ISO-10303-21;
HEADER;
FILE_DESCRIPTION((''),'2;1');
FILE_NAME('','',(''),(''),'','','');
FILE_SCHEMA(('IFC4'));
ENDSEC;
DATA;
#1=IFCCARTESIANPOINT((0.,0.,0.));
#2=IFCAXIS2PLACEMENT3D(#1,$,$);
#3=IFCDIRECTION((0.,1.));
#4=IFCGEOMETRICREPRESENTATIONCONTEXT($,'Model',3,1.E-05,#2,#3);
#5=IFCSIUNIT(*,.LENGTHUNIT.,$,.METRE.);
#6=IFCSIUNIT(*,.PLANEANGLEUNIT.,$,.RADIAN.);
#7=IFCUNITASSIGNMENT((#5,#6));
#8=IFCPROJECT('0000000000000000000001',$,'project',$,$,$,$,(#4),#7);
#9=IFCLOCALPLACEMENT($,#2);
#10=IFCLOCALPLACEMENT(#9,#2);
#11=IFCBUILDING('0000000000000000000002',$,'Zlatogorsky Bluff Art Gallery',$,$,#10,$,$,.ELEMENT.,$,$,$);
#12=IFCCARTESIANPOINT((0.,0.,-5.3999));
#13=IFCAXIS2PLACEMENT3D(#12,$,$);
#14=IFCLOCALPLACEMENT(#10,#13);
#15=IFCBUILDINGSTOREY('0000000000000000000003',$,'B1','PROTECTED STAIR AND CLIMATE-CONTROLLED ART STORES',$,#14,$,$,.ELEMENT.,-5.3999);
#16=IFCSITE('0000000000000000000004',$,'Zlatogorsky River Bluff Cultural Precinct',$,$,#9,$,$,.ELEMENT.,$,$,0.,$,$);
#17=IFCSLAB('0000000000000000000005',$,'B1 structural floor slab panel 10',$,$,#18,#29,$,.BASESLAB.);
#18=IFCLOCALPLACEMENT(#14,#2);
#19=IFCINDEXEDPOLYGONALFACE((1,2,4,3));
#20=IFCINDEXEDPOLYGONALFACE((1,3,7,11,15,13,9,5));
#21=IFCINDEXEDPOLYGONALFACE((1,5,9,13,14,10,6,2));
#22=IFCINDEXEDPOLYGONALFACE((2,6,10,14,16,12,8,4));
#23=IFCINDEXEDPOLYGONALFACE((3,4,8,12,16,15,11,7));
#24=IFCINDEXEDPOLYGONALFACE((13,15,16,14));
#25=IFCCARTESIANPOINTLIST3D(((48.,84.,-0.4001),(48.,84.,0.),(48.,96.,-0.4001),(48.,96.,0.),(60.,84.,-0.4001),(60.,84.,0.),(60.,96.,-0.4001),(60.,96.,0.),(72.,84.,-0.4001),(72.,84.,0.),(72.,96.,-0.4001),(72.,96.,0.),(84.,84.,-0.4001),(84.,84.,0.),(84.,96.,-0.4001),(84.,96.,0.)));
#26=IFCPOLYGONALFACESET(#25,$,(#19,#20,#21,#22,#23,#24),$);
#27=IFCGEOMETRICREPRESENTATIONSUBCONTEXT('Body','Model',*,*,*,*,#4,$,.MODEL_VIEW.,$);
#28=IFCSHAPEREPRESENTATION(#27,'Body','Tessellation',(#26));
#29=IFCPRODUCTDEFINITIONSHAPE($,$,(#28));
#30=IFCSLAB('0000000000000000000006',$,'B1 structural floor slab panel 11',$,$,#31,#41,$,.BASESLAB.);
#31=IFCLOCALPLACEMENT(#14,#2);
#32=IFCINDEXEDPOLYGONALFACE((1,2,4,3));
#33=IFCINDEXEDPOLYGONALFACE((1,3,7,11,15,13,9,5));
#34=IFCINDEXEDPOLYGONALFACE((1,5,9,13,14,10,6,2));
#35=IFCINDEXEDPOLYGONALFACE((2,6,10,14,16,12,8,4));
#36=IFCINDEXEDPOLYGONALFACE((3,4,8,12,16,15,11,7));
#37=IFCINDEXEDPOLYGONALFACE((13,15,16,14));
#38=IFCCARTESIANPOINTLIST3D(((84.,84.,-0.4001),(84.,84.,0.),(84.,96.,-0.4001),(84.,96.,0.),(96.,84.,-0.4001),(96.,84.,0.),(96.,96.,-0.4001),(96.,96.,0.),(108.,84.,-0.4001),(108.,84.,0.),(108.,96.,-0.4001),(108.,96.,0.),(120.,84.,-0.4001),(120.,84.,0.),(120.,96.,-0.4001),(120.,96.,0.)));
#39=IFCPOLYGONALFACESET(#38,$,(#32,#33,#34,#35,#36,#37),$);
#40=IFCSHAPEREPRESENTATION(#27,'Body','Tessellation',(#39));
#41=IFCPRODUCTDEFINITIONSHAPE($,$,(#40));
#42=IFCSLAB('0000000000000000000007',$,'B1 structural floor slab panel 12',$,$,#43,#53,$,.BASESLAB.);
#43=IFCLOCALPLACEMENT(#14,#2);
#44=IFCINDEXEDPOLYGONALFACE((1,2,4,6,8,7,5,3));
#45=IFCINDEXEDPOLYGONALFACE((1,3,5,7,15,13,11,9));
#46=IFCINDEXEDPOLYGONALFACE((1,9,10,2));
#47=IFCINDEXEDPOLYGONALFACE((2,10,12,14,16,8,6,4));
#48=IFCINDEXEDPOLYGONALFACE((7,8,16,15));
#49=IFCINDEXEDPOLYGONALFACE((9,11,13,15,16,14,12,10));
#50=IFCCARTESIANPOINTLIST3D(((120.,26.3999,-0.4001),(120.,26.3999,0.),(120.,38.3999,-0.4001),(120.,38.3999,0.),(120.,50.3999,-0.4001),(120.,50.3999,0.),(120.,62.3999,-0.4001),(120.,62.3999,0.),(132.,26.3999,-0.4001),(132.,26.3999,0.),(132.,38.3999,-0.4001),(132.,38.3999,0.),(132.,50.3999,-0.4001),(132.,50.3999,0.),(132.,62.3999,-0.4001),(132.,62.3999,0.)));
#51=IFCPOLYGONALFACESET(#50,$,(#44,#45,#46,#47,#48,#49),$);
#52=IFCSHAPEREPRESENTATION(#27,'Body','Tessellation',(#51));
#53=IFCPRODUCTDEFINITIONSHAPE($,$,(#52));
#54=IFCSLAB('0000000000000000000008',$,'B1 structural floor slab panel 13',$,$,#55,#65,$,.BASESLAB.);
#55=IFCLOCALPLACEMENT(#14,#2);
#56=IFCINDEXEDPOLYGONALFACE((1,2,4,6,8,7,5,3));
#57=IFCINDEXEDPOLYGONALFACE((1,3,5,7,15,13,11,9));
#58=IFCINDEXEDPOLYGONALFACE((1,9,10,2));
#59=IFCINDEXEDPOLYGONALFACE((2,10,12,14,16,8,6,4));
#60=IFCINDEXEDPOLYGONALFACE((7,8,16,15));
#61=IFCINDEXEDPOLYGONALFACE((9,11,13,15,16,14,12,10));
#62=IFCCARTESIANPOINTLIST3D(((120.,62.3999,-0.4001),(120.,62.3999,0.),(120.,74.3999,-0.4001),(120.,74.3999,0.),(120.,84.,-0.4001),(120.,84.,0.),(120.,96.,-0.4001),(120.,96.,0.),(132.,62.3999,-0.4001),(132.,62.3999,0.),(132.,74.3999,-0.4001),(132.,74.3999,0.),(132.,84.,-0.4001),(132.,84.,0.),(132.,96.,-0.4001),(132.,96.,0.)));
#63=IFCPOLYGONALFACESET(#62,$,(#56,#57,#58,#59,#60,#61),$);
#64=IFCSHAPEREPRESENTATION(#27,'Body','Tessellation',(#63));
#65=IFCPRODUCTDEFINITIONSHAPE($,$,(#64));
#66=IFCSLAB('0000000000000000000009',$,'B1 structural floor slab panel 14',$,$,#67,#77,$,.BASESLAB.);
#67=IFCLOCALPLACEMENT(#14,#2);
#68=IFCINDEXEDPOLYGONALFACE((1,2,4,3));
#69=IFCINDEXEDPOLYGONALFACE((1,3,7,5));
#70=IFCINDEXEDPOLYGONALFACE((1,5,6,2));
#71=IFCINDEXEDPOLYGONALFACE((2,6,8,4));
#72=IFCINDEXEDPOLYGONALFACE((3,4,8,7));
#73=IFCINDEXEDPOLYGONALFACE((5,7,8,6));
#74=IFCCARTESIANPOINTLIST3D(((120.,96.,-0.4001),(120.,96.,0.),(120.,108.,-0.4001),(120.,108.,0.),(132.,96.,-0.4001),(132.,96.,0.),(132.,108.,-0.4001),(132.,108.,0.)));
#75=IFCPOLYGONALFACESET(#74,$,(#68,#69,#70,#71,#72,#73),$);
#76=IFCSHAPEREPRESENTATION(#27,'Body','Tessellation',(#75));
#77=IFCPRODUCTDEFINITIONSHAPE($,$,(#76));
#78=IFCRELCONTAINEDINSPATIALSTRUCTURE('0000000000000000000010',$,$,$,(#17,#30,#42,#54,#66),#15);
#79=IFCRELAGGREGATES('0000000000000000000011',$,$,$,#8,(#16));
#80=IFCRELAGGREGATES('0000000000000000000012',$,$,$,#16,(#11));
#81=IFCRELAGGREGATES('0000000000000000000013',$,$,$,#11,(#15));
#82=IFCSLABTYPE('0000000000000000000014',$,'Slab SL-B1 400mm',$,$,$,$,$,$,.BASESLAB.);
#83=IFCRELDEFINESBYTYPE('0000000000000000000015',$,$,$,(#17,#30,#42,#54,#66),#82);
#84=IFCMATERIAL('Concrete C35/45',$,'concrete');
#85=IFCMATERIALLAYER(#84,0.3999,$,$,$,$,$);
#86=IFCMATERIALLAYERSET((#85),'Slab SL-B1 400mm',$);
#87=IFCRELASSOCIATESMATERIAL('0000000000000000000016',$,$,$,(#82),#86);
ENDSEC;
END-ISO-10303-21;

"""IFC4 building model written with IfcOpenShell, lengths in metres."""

from ifc_helpers import new_model, si_unit, direction, frame, origin, place, context, subcontext, project, spatial, polyline, outline, extrude, material, layer, layer_set, type_object, element, save


model = new_model("IFC4")

# Units and contexts
model_context = context("Model", 3, precision=1e-05, world=origin(), true_north=direction((0.0, 1.0)))
body_context = subcontext(model_context, "Body", "Model", "MODEL_VIEW")
ifc_project = project(units=[si_unit("LENGTHUNIT", "METRE"), si_unit("PLANEANGLEUNIT", "RADIAN")], contexts=[model_context])

# Site, building, storey
site_placement = place(None, origin())
site = spatial("IfcSite", under=ifc_project, at=site_placement, Name="Zlatogorsky River Bluff Cultural Precinct", CompositionType="ELEMENT", RefElevation=0.0)
building_placement = place(site_placement, origin())
building = spatial("IfcBuilding", under=site, at=building_placement, Name="Zlatogorsky Bluff Art Gallery", CompositionType="ELEMENT")
storey_placement = place(building_placement, frame((0.0, 0.0, -5.3999)))
storey = spatial("IfcBuildingStorey", under=building, at=storey_placement, Name="B1", Description="PROTECTED STAIR AND CLIMATE-CONTROLLED ART STORES", CompositionType="ELEMENT", Elevation=-5.3999)

# Shared definitions
ifc_material = material(Name="Concrete C35/45", Category="concrete")

# Slabs
ifc_layer = layer(ifc_material, 0.3999)
ifc_layer_set = layer_set([ifc_layer], Name="Slab SL-B1 400mm")
slab_type = type_object("IfcSlabType", Name="Slab SL-B1 400mm", PredefinedType="BASESLAB", material=ifc_layer_set)
slab_1_placement = place(storey_placement, frame((0.0, 0.0, -0.4001)))
element("IfcSlab", 1, at=slab_1_placement, inside=storey, type_object=slab_type, Name="B1 structural floor slab panel 10", PredefinedType="BASESLAB", context=body_context, shape_type="SweptSolid", body=[
    extrude(outline(polyline([(48.0, 84.0), (48.0, 96.0), (60.0, 96.0), (72.0, 96.0), (84.0, 96.0), (84.0, 84.0), (72.0, 84.0), (60.0, 84.0), (48.0, 84.0)])), origin(), (0.0, 0.0, 1.0), 0.4001),
])
slab_2_placement = place(storey_placement, frame((0.0, 0.0, -0.4001)))
element("IfcSlab", 2, at=slab_2_placement, inside=storey, type_object=slab_type, Name="B1 structural floor slab panel 11", PredefinedType="BASESLAB", context=body_context, shape_type="SweptSolid", body=[
    extrude(outline(polyline([(84.0, 84.0), (84.0, 96.0), (96.0, 96.0), (108.0, 96.0), (120.0, 96.0), (120.0, 84.0), (108.0, 84.0), (96.0, 84.0), (84.0, 84.0)])), origin(), (0.0, 0.0, 1.0), 0.4001),
])
slab_3_placement = place(storey_placement, frame((0.0, 0.0, -0.4001)))
element("IfcSlab", 3, at=slab_3_placement, inside=storey, type_object=slab_type, Name="B1 structural floor slab panel 12", PredefinedType="BASESLAB", context=body_context, shape_type="SweptSolid", body=[
    extrude(outline(polyline([(132.0, 26.3999), (120.0, 26.3999), (120.0, 38.3999), (120.0, 50.3999), (120.0, 62.3999), (132.0, 62.3999), (132.0, 50.3999), (132.0, 38.3999), (132.0, 26.3999)])), origin(), (0.0, 0.0, 1.0), 0.4001),
])
slab_4_placement = place(storey_placement, frame((0.0, 0.0, -0.4001)))
element("IfcSlab", 4, at=slab_4_placement, inside=storey, type_object=slab_type, Name="B1 structural floor slab panel 13", PredefinedType="BASESLAB", context=body_context, shape_type="SweptSolid", body=[
    extrude(outline(polyline([(132.0, 62.3999), (120.0, 62.3999), (120.0, 74.3999), (120.0, 84.0), (120.0, 96.0), (132.0, 96.0), (132.0, 84.0), (132.0, 74.3999), (132.0, 62.3999)])), origin(), (0.0, 0.0, 1.0), 0.4001),
])
slab_5_placement = place(storey_placement, frame((0.0, 0.0, -0.4001)))
element("IfcSlab", 5, at=slab_5_placement, inside=storey, type_object=slab_type, Name="B1 structural floor slab panel 14", PredefinedType="BASESLAB", context=body_context, shape_type="SweptSolid", body=[
    extrude(outline(polyline([(132.0, 96.0), (132.0, 108.0), (120.0, 108.0), (120.0, 96.0), (132.0, 96.0)])), origin(), (0.0, 0.0, 1.0), 0.4001),
])

save(model, "model.ifc")
